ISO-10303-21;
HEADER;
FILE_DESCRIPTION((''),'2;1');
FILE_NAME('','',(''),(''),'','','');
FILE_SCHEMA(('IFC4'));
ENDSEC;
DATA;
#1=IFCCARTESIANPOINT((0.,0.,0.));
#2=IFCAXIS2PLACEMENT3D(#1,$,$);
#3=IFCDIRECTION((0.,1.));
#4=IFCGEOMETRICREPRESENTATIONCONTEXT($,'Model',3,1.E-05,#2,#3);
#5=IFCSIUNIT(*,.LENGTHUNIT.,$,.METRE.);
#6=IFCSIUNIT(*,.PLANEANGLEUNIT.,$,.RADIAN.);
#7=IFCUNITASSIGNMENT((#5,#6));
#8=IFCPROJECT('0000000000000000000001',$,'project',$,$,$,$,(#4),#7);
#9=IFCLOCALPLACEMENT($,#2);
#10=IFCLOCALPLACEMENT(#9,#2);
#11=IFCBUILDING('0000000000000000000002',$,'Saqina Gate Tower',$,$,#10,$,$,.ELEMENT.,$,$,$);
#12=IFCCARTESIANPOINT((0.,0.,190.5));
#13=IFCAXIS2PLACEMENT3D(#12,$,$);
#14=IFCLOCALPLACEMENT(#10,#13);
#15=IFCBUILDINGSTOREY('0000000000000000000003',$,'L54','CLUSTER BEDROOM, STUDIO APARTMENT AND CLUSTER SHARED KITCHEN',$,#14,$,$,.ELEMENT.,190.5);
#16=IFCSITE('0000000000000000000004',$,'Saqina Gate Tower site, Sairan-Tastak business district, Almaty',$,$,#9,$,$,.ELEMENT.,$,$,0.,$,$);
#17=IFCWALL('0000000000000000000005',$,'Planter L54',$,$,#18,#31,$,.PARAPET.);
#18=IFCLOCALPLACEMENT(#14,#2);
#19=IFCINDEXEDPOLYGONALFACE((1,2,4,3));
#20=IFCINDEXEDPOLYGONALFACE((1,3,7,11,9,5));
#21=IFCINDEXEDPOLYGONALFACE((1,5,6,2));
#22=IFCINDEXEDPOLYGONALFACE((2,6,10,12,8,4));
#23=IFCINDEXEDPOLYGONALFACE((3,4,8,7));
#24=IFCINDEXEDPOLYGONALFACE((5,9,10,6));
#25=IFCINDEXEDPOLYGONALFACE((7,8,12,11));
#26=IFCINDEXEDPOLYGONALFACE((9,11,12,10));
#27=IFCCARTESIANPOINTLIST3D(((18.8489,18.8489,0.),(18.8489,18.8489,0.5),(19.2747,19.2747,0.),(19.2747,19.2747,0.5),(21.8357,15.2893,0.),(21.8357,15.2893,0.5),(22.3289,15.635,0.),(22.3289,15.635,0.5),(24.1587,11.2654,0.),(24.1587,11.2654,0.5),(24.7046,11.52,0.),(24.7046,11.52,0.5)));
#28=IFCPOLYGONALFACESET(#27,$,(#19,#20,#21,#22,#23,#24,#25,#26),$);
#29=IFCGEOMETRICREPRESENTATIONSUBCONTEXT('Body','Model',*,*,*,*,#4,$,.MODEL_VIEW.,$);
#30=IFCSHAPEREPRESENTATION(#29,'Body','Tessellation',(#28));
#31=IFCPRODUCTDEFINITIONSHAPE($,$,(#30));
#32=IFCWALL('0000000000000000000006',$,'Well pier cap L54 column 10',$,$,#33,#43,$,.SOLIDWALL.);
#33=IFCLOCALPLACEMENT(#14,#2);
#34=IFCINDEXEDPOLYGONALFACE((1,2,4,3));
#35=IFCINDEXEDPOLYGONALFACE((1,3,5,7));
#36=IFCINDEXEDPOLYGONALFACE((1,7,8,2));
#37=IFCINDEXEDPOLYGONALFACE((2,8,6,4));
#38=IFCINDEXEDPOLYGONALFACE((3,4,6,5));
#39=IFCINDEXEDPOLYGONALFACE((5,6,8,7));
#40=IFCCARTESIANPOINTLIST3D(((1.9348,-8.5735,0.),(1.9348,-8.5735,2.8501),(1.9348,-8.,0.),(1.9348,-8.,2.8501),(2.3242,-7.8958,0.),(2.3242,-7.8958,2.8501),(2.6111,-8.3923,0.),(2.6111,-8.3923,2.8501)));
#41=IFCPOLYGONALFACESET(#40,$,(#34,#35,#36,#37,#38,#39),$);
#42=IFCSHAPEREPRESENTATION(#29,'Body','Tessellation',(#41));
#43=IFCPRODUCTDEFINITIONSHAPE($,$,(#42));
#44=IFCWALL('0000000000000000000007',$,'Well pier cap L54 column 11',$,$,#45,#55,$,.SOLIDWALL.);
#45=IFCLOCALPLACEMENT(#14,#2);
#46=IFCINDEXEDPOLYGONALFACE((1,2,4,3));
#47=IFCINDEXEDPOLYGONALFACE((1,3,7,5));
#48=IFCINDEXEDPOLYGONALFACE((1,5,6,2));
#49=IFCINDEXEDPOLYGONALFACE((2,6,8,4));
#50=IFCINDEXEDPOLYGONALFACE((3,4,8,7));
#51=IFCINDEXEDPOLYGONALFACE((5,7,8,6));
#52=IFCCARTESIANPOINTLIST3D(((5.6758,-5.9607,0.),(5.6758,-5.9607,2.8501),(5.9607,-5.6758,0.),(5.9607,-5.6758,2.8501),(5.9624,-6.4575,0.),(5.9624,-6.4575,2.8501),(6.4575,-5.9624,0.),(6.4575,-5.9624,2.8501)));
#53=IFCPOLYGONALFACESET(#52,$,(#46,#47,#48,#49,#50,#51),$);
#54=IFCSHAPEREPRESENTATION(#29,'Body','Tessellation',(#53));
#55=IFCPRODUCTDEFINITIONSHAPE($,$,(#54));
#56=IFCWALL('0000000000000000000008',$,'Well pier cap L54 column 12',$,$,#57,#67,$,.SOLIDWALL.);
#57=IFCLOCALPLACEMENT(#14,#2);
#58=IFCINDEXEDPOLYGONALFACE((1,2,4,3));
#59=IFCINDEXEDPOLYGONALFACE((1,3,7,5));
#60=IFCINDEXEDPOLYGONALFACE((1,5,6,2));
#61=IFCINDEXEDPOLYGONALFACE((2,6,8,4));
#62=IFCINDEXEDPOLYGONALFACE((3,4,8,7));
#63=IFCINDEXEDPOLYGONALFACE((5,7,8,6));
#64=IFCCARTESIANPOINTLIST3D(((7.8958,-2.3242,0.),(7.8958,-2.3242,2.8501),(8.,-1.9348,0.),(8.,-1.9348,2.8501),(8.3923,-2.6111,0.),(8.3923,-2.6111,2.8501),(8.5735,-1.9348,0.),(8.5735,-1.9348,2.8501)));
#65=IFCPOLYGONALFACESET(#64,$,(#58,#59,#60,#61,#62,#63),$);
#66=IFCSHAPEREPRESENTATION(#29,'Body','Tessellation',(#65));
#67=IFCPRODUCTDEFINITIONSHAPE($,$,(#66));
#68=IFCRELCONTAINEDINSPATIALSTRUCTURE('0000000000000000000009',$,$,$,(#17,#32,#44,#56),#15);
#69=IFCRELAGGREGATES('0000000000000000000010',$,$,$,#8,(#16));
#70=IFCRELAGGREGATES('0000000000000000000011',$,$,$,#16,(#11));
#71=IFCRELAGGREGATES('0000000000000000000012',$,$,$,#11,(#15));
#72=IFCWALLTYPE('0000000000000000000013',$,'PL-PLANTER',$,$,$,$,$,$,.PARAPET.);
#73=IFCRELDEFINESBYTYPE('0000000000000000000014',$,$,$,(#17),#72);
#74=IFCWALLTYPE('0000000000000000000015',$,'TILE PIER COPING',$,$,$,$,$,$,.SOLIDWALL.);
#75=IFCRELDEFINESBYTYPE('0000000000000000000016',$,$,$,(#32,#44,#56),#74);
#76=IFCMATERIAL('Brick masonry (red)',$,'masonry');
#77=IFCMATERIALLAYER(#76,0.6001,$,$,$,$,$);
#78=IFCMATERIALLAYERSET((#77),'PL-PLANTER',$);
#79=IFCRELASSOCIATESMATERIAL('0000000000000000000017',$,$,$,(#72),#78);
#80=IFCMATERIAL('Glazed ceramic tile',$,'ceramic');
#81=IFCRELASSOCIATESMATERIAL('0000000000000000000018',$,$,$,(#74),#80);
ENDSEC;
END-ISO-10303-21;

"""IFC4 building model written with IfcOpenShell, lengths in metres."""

from ifc_helpers import new_model, si_unit, direction, frame, origin, place, context, subcontext, project, spatial, polyline, outline, extrude, material, layer, layer_set, type_object, element, save


model = new_model("IFC4")

# Units and contexts
model_context = context("Model", 3, precision=1e-05, world=origin(), true_north=direction((0.0, 1.0)))
body_context = subcontext(model_context, "Body", "Model", "MODEL_VIEW")
ifc_project = project(units=[si_unit("LENGTHUNIT", "METRE"), si_unit("PLANEANGLEUNIT", "RADIAN")], contexts=[model_context])

# Site, building, storey
site_placement = place(None, origin())
site = spatial("IfcSite", under=ifc_project, at=site_placement, Name="Saqina Gate Tower site, Sairan-Tastak business district, Almaty", CompositionType="ELEMENT", RefElevation=0.0)
building_placement = place(site_placement, origin())
building = spatial("IfcBuilding", under=site, at=building_placement, Name="Saqina Gate Tower", CompositionType="ELEMENT")
storey_placement = place(building_placement, frame((0.0, 0.0, 190.5)))
storey = spatial("IfcBuildingStorey", under=building, at=storey_placement, Name="L54", Description="CLUSTER BEDROOM, STUDIO APARTMENT AND CLUSTER SHARED KITCHEN", CompositionType="ELEMENT", Elevation=190.5)

# Walls
ifc_material_1 = material(Name="Brick masonry (red)", Category="masonry")
ifc_layer_1 = layer(ifc_material_1, 0.6001)
ifc_layer_set_1 = layer_set([ifc_layer_1], Name="PL-PLANTER")
wall_type_1 = type_object("IfcWallType", Name="PL-PLANTER", PredefinedType="PARAPET", material=ifc_layer_set_1)
wall_1_placement = place(storey_placement, origin())
element("IfcWall", 1, at=wall_1_placement, inside=storey, type_object=wall_type_1, Name="Planter L54", PredefinedType="PARAPET", context=body_context, shape_type="SweptSolid", body=[
    extrude(outline(polyline([(24.7046, 11.52), (22.3289, 15.635), (19.2747, 19.2747), (18.8489, 18.8489), (21.8357, 15.2893), (24.1587, 11.2654), (24.7046, 11.52)])), origin(), (0.0, 0.0, 1.0), 0.5),
])
ifc_material_2 = material(Name="Glazed ceramic tile", Category="ceramic")
wall_type_2 = type_object("IfcWallType", Name="TILE PIER COPING", PredefinedType="SOLIDWALL", material=ifc_material_2)
wall_2_placement = place(storey_placement, origin())
element("IfcWall", 2, at=wall_2_placement, inside=storey, type_object=wall_type_2, Name="Well pier cap L54 column 10", PredefinedType="SOLIDWALL", context=body_context, shape_type="SweptSolid", body=[
    extrude(outline(polyline([(2.6111, -8.3923), (2.3242, -7.8958), (1.9348, -8.0), (1.9348, -8.5735), (2.6111, -8.3923)])), origin(), (0.0, 0.0, 1.0), 2.8501),
])
wall_3_placement = place(storey_placement, origin())
element("IfcWall", 3, at=wall_3_placement, inside=storey, type_object=wall_type_2, Name="Well pier cap L54 column 11", PredefinedType="SOLIDWALL", context=body_context, shape_type="SweptSolid", body=[
    extrude(outline(polyline([(5.9624, -6.4575), (6.4575, -5.9624), (5.9607, -5.6758), (5.6758, -5.9607), (5.9624, -6.4575)])), origin(), (0.0, 0.0, 1.0), 2.8501),
])
wall_4_placement = place(storey_placement, origin())
element("IfcWall", 4, at=wall_4_placement, inside=storey, type_object=wall_type_2, Name="Well pier cap L54 column 12", PredefinedType="SOLIDWALL", context=body_context, shape_type="SweptSolid", body=[
    extrude(outline(polyline([(8.5735, -1.9348), (8.0, -1.9348), (7.8958, -2.3242), (8.3923, -2.6111), (8.5735, -1.9348)])), origin(), (0.0, 0.0, 1.0), 2.8501),
])

save(model, "model.ifc")
